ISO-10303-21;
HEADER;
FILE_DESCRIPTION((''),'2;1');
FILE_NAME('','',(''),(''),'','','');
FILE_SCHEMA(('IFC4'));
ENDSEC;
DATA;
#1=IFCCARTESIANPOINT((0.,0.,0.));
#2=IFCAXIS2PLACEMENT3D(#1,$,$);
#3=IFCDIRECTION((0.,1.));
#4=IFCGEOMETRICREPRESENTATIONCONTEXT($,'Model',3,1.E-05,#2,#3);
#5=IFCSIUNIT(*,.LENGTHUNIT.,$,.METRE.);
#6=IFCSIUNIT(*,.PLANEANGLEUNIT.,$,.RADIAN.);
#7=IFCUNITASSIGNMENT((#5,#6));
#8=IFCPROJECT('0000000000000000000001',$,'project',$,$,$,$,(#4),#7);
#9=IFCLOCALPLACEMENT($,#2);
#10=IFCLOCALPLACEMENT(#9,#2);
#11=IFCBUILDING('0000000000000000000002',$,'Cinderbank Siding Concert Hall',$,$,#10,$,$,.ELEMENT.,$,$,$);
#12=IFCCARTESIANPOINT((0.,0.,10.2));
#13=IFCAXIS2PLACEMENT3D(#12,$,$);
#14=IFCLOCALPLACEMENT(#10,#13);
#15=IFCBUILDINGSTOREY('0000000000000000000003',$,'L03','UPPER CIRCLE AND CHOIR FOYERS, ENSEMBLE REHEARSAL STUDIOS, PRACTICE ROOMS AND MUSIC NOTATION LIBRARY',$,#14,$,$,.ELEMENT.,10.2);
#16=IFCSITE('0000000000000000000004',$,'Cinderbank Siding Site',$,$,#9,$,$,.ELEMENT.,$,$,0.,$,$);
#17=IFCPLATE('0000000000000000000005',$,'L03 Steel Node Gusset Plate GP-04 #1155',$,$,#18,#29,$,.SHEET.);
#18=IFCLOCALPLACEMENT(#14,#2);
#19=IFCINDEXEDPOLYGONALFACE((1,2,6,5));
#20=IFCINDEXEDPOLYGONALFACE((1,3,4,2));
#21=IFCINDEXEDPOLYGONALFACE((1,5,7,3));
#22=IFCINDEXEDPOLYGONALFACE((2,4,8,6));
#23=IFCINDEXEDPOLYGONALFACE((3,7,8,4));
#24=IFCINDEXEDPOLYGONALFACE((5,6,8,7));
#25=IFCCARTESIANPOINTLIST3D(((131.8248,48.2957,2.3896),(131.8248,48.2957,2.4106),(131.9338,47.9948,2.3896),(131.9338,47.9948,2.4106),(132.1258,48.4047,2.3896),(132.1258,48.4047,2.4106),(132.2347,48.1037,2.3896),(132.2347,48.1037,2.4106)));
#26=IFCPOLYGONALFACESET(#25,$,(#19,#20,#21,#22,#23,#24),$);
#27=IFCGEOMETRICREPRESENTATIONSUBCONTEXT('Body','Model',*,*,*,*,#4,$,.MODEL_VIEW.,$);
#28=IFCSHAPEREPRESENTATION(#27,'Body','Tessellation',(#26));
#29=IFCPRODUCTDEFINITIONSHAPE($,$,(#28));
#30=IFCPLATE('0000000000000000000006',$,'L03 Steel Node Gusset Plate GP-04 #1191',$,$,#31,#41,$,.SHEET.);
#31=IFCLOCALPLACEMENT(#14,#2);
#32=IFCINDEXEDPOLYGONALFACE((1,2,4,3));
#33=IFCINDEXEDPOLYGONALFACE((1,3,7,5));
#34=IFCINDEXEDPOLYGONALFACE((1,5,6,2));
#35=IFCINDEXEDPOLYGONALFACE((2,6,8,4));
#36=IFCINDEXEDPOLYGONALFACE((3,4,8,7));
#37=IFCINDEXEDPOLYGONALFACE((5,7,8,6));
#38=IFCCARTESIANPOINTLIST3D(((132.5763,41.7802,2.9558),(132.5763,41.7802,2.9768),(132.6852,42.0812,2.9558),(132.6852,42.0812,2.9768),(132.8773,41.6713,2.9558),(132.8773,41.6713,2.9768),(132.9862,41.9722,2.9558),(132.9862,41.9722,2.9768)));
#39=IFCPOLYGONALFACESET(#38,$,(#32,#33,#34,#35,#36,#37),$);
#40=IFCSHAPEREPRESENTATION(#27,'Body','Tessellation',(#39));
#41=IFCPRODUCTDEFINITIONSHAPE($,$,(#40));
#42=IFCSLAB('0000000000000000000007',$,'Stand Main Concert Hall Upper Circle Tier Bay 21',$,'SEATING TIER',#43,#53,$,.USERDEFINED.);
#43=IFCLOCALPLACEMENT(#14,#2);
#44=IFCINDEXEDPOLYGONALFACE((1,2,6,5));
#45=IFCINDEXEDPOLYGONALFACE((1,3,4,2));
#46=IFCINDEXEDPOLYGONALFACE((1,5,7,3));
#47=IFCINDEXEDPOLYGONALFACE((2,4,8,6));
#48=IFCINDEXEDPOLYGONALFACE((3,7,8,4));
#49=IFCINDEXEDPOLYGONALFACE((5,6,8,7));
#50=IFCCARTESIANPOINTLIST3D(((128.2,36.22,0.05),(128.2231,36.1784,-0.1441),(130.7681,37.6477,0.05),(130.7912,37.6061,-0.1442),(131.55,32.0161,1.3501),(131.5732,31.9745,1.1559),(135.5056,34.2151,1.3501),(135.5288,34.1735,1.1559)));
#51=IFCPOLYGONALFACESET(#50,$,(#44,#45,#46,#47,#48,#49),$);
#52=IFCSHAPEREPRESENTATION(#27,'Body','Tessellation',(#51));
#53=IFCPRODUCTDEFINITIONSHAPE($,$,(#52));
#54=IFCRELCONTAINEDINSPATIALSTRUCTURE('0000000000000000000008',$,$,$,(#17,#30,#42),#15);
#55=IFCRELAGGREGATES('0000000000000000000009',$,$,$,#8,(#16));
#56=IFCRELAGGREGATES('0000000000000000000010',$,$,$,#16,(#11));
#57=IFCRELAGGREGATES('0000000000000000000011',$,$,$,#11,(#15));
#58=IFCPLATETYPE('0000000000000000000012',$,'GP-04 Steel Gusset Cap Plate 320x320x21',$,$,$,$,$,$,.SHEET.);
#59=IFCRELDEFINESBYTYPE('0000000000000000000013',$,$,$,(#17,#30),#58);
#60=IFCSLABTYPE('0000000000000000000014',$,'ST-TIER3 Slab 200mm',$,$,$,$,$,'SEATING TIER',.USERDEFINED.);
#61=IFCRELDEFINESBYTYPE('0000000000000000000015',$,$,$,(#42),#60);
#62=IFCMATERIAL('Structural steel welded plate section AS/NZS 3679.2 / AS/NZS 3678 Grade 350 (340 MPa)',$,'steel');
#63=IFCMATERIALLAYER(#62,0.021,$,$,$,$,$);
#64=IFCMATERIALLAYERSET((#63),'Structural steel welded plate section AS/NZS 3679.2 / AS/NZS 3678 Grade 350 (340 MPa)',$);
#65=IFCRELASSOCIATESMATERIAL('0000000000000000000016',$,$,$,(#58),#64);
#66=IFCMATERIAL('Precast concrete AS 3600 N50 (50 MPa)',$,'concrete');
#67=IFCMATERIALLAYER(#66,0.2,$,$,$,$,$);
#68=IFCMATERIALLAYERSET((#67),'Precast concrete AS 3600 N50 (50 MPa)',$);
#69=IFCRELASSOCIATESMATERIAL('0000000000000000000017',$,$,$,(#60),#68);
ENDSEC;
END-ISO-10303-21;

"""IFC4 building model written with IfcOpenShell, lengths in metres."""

from ifc_helpers import new_model, si_unit, direction, frame, origin, origin_2d, place, context, subcontext, project, spatial, polyline, rectangle, outline, extrude, material, layer, layer_set, type_object, element, save


model = new_model("IFC4")

# Units and contexts
model_context = context("Model", 3, precision=1e-05, world=origin(), true_north=direction((0.0, 1.0)))
body_context = subcontext(model_context, "Body", "Model", "MODEL_VIEW")
ifc_project = project(units=[si_unit("LENGTHUNIT", "METRE"), si_unit("PLANEANGLEUNIT", "RADIAN")], contexts=[model_context])

# Site, building, storey
site_placement = place(None, origin())
site = spatial("IfcSite", under=ifc_project, at=site_placement, Name="Cinderbank Siding Site", CompositionType="ELEMENT", RefElevation=0.0)
building_placement = place(site_placement, origin())
building = spatial("IfcBuilding", under=site, at=building_placement, Name="Cinderbank Siding Concert Hall", CompositionType="ELEMENT")
storey_placement = place(building_placement, frame((0.0, 0.0, 10.2)))
storey = spatial("IfcBuildingStorey", under=building, at=storey_placement, Name="L03", Description="UPPER CIRCLE AND CHOIR FOYERS, ENSEMBLE REHEARSAL STUDIOS, PRACTICE ROOMS AND MUSIC NOTATION LIBRARY", CompositionType="ELEMENT", Elevation=10.2)

# Plates
ifc_material_1 = material(Name="Structural steel welded plate section AS/NZS 3679.2 / AS/NZS 3678 Grade 350 (340 MPa)", Category="steel")
ifc_layer_1 = layer(ifc_material_1, 0.021)
ifc_layer_set_1 = layer_set([ifc_layer_1], Name="Structural steel welded plate section AS/NZS 3679.2 / AS/NZS 3678 Grade 350 (340 MPa)")
plate_type_1 = type_object("IfcPlateType", Name="GP-04 Steel Gusset Cap Plate 320x320x21", PredefinedType="SHEET", material=ifc_layer_set_1)
for number, where, z_axis, x_axis, name in (
    (1, (132.0298, 48.1997, 2.3896), (0.0, 0.0, 1.0), (0.34038, -0.940288, 0.0), "L03 Steel Node Gusset Plate GP-04 #1155"),
    (2, (132.7812, 41.8762, 2.9558), (0.0, 0.0, 1.0), (-0.34038, -0.940288, 0.0), "L03 Steel Node Gusset Plate GP-04 #1191"),
):
    element("IfcPlate", number, at=place(storey_placement, frame(where, z_axis=z_axis, x_axis=x_axis)), inside=storey, type_object=plate_type_1, Name=name, PredefinedType="SHEET", context=body_context, shape_type="SweptSolid", body=[
        extrude(rectangle(XDim=0.3201, YDim=0.3201, at=origin_2d()), origin(), (0.0, 0.0, 1.0), 0.021),
    ])

# Slab
ifc_material_2 = material(Name="Precast concrete AS 3600 N50 (50 MPa)", Category="concrete")
ifc_layer_2 = layer(ifc_material_2, 0.2)
ifc_layer_set_2 = layer_set([ifc_layer_2], Name="Precast concrete AS 3600 N50 (50 MPa)")
slab_type = type_object("IfcSlabType", Name="ST-TIER3 Slab 200mm", ElementType="SEATING TIER", PredefinedType="USERDEFINED", material=ifc_layer_set_2)
slab_placement = place(storey_placement, frame((128.2, 36.22, 0.05), z_axis=(-0.115712, 0.208141, 0.97123), x_axis=(0.874013, 0.485903, -0.000003)))
element("IfcSlab", 3, at=slab_placement, inside=storey, type_object=slab_type, Name="Stand Main Concert Hall Upper Circle Tier Bay 21", ObjectType="SEATING TIER", PredefinedType="USERDEFINED", context=body_context, shape_type="SweptSolid", body=[
    extrude(outline(polyline([(0.0, 0.0), (2.9383, 0.0), (5.4111, -5.4592), (0.8854, -5.4591), (0.0, 0.0)])), origin(), (0.0, 0.0, -1.0), 0.2),
])

save(model, "model.ifc")
